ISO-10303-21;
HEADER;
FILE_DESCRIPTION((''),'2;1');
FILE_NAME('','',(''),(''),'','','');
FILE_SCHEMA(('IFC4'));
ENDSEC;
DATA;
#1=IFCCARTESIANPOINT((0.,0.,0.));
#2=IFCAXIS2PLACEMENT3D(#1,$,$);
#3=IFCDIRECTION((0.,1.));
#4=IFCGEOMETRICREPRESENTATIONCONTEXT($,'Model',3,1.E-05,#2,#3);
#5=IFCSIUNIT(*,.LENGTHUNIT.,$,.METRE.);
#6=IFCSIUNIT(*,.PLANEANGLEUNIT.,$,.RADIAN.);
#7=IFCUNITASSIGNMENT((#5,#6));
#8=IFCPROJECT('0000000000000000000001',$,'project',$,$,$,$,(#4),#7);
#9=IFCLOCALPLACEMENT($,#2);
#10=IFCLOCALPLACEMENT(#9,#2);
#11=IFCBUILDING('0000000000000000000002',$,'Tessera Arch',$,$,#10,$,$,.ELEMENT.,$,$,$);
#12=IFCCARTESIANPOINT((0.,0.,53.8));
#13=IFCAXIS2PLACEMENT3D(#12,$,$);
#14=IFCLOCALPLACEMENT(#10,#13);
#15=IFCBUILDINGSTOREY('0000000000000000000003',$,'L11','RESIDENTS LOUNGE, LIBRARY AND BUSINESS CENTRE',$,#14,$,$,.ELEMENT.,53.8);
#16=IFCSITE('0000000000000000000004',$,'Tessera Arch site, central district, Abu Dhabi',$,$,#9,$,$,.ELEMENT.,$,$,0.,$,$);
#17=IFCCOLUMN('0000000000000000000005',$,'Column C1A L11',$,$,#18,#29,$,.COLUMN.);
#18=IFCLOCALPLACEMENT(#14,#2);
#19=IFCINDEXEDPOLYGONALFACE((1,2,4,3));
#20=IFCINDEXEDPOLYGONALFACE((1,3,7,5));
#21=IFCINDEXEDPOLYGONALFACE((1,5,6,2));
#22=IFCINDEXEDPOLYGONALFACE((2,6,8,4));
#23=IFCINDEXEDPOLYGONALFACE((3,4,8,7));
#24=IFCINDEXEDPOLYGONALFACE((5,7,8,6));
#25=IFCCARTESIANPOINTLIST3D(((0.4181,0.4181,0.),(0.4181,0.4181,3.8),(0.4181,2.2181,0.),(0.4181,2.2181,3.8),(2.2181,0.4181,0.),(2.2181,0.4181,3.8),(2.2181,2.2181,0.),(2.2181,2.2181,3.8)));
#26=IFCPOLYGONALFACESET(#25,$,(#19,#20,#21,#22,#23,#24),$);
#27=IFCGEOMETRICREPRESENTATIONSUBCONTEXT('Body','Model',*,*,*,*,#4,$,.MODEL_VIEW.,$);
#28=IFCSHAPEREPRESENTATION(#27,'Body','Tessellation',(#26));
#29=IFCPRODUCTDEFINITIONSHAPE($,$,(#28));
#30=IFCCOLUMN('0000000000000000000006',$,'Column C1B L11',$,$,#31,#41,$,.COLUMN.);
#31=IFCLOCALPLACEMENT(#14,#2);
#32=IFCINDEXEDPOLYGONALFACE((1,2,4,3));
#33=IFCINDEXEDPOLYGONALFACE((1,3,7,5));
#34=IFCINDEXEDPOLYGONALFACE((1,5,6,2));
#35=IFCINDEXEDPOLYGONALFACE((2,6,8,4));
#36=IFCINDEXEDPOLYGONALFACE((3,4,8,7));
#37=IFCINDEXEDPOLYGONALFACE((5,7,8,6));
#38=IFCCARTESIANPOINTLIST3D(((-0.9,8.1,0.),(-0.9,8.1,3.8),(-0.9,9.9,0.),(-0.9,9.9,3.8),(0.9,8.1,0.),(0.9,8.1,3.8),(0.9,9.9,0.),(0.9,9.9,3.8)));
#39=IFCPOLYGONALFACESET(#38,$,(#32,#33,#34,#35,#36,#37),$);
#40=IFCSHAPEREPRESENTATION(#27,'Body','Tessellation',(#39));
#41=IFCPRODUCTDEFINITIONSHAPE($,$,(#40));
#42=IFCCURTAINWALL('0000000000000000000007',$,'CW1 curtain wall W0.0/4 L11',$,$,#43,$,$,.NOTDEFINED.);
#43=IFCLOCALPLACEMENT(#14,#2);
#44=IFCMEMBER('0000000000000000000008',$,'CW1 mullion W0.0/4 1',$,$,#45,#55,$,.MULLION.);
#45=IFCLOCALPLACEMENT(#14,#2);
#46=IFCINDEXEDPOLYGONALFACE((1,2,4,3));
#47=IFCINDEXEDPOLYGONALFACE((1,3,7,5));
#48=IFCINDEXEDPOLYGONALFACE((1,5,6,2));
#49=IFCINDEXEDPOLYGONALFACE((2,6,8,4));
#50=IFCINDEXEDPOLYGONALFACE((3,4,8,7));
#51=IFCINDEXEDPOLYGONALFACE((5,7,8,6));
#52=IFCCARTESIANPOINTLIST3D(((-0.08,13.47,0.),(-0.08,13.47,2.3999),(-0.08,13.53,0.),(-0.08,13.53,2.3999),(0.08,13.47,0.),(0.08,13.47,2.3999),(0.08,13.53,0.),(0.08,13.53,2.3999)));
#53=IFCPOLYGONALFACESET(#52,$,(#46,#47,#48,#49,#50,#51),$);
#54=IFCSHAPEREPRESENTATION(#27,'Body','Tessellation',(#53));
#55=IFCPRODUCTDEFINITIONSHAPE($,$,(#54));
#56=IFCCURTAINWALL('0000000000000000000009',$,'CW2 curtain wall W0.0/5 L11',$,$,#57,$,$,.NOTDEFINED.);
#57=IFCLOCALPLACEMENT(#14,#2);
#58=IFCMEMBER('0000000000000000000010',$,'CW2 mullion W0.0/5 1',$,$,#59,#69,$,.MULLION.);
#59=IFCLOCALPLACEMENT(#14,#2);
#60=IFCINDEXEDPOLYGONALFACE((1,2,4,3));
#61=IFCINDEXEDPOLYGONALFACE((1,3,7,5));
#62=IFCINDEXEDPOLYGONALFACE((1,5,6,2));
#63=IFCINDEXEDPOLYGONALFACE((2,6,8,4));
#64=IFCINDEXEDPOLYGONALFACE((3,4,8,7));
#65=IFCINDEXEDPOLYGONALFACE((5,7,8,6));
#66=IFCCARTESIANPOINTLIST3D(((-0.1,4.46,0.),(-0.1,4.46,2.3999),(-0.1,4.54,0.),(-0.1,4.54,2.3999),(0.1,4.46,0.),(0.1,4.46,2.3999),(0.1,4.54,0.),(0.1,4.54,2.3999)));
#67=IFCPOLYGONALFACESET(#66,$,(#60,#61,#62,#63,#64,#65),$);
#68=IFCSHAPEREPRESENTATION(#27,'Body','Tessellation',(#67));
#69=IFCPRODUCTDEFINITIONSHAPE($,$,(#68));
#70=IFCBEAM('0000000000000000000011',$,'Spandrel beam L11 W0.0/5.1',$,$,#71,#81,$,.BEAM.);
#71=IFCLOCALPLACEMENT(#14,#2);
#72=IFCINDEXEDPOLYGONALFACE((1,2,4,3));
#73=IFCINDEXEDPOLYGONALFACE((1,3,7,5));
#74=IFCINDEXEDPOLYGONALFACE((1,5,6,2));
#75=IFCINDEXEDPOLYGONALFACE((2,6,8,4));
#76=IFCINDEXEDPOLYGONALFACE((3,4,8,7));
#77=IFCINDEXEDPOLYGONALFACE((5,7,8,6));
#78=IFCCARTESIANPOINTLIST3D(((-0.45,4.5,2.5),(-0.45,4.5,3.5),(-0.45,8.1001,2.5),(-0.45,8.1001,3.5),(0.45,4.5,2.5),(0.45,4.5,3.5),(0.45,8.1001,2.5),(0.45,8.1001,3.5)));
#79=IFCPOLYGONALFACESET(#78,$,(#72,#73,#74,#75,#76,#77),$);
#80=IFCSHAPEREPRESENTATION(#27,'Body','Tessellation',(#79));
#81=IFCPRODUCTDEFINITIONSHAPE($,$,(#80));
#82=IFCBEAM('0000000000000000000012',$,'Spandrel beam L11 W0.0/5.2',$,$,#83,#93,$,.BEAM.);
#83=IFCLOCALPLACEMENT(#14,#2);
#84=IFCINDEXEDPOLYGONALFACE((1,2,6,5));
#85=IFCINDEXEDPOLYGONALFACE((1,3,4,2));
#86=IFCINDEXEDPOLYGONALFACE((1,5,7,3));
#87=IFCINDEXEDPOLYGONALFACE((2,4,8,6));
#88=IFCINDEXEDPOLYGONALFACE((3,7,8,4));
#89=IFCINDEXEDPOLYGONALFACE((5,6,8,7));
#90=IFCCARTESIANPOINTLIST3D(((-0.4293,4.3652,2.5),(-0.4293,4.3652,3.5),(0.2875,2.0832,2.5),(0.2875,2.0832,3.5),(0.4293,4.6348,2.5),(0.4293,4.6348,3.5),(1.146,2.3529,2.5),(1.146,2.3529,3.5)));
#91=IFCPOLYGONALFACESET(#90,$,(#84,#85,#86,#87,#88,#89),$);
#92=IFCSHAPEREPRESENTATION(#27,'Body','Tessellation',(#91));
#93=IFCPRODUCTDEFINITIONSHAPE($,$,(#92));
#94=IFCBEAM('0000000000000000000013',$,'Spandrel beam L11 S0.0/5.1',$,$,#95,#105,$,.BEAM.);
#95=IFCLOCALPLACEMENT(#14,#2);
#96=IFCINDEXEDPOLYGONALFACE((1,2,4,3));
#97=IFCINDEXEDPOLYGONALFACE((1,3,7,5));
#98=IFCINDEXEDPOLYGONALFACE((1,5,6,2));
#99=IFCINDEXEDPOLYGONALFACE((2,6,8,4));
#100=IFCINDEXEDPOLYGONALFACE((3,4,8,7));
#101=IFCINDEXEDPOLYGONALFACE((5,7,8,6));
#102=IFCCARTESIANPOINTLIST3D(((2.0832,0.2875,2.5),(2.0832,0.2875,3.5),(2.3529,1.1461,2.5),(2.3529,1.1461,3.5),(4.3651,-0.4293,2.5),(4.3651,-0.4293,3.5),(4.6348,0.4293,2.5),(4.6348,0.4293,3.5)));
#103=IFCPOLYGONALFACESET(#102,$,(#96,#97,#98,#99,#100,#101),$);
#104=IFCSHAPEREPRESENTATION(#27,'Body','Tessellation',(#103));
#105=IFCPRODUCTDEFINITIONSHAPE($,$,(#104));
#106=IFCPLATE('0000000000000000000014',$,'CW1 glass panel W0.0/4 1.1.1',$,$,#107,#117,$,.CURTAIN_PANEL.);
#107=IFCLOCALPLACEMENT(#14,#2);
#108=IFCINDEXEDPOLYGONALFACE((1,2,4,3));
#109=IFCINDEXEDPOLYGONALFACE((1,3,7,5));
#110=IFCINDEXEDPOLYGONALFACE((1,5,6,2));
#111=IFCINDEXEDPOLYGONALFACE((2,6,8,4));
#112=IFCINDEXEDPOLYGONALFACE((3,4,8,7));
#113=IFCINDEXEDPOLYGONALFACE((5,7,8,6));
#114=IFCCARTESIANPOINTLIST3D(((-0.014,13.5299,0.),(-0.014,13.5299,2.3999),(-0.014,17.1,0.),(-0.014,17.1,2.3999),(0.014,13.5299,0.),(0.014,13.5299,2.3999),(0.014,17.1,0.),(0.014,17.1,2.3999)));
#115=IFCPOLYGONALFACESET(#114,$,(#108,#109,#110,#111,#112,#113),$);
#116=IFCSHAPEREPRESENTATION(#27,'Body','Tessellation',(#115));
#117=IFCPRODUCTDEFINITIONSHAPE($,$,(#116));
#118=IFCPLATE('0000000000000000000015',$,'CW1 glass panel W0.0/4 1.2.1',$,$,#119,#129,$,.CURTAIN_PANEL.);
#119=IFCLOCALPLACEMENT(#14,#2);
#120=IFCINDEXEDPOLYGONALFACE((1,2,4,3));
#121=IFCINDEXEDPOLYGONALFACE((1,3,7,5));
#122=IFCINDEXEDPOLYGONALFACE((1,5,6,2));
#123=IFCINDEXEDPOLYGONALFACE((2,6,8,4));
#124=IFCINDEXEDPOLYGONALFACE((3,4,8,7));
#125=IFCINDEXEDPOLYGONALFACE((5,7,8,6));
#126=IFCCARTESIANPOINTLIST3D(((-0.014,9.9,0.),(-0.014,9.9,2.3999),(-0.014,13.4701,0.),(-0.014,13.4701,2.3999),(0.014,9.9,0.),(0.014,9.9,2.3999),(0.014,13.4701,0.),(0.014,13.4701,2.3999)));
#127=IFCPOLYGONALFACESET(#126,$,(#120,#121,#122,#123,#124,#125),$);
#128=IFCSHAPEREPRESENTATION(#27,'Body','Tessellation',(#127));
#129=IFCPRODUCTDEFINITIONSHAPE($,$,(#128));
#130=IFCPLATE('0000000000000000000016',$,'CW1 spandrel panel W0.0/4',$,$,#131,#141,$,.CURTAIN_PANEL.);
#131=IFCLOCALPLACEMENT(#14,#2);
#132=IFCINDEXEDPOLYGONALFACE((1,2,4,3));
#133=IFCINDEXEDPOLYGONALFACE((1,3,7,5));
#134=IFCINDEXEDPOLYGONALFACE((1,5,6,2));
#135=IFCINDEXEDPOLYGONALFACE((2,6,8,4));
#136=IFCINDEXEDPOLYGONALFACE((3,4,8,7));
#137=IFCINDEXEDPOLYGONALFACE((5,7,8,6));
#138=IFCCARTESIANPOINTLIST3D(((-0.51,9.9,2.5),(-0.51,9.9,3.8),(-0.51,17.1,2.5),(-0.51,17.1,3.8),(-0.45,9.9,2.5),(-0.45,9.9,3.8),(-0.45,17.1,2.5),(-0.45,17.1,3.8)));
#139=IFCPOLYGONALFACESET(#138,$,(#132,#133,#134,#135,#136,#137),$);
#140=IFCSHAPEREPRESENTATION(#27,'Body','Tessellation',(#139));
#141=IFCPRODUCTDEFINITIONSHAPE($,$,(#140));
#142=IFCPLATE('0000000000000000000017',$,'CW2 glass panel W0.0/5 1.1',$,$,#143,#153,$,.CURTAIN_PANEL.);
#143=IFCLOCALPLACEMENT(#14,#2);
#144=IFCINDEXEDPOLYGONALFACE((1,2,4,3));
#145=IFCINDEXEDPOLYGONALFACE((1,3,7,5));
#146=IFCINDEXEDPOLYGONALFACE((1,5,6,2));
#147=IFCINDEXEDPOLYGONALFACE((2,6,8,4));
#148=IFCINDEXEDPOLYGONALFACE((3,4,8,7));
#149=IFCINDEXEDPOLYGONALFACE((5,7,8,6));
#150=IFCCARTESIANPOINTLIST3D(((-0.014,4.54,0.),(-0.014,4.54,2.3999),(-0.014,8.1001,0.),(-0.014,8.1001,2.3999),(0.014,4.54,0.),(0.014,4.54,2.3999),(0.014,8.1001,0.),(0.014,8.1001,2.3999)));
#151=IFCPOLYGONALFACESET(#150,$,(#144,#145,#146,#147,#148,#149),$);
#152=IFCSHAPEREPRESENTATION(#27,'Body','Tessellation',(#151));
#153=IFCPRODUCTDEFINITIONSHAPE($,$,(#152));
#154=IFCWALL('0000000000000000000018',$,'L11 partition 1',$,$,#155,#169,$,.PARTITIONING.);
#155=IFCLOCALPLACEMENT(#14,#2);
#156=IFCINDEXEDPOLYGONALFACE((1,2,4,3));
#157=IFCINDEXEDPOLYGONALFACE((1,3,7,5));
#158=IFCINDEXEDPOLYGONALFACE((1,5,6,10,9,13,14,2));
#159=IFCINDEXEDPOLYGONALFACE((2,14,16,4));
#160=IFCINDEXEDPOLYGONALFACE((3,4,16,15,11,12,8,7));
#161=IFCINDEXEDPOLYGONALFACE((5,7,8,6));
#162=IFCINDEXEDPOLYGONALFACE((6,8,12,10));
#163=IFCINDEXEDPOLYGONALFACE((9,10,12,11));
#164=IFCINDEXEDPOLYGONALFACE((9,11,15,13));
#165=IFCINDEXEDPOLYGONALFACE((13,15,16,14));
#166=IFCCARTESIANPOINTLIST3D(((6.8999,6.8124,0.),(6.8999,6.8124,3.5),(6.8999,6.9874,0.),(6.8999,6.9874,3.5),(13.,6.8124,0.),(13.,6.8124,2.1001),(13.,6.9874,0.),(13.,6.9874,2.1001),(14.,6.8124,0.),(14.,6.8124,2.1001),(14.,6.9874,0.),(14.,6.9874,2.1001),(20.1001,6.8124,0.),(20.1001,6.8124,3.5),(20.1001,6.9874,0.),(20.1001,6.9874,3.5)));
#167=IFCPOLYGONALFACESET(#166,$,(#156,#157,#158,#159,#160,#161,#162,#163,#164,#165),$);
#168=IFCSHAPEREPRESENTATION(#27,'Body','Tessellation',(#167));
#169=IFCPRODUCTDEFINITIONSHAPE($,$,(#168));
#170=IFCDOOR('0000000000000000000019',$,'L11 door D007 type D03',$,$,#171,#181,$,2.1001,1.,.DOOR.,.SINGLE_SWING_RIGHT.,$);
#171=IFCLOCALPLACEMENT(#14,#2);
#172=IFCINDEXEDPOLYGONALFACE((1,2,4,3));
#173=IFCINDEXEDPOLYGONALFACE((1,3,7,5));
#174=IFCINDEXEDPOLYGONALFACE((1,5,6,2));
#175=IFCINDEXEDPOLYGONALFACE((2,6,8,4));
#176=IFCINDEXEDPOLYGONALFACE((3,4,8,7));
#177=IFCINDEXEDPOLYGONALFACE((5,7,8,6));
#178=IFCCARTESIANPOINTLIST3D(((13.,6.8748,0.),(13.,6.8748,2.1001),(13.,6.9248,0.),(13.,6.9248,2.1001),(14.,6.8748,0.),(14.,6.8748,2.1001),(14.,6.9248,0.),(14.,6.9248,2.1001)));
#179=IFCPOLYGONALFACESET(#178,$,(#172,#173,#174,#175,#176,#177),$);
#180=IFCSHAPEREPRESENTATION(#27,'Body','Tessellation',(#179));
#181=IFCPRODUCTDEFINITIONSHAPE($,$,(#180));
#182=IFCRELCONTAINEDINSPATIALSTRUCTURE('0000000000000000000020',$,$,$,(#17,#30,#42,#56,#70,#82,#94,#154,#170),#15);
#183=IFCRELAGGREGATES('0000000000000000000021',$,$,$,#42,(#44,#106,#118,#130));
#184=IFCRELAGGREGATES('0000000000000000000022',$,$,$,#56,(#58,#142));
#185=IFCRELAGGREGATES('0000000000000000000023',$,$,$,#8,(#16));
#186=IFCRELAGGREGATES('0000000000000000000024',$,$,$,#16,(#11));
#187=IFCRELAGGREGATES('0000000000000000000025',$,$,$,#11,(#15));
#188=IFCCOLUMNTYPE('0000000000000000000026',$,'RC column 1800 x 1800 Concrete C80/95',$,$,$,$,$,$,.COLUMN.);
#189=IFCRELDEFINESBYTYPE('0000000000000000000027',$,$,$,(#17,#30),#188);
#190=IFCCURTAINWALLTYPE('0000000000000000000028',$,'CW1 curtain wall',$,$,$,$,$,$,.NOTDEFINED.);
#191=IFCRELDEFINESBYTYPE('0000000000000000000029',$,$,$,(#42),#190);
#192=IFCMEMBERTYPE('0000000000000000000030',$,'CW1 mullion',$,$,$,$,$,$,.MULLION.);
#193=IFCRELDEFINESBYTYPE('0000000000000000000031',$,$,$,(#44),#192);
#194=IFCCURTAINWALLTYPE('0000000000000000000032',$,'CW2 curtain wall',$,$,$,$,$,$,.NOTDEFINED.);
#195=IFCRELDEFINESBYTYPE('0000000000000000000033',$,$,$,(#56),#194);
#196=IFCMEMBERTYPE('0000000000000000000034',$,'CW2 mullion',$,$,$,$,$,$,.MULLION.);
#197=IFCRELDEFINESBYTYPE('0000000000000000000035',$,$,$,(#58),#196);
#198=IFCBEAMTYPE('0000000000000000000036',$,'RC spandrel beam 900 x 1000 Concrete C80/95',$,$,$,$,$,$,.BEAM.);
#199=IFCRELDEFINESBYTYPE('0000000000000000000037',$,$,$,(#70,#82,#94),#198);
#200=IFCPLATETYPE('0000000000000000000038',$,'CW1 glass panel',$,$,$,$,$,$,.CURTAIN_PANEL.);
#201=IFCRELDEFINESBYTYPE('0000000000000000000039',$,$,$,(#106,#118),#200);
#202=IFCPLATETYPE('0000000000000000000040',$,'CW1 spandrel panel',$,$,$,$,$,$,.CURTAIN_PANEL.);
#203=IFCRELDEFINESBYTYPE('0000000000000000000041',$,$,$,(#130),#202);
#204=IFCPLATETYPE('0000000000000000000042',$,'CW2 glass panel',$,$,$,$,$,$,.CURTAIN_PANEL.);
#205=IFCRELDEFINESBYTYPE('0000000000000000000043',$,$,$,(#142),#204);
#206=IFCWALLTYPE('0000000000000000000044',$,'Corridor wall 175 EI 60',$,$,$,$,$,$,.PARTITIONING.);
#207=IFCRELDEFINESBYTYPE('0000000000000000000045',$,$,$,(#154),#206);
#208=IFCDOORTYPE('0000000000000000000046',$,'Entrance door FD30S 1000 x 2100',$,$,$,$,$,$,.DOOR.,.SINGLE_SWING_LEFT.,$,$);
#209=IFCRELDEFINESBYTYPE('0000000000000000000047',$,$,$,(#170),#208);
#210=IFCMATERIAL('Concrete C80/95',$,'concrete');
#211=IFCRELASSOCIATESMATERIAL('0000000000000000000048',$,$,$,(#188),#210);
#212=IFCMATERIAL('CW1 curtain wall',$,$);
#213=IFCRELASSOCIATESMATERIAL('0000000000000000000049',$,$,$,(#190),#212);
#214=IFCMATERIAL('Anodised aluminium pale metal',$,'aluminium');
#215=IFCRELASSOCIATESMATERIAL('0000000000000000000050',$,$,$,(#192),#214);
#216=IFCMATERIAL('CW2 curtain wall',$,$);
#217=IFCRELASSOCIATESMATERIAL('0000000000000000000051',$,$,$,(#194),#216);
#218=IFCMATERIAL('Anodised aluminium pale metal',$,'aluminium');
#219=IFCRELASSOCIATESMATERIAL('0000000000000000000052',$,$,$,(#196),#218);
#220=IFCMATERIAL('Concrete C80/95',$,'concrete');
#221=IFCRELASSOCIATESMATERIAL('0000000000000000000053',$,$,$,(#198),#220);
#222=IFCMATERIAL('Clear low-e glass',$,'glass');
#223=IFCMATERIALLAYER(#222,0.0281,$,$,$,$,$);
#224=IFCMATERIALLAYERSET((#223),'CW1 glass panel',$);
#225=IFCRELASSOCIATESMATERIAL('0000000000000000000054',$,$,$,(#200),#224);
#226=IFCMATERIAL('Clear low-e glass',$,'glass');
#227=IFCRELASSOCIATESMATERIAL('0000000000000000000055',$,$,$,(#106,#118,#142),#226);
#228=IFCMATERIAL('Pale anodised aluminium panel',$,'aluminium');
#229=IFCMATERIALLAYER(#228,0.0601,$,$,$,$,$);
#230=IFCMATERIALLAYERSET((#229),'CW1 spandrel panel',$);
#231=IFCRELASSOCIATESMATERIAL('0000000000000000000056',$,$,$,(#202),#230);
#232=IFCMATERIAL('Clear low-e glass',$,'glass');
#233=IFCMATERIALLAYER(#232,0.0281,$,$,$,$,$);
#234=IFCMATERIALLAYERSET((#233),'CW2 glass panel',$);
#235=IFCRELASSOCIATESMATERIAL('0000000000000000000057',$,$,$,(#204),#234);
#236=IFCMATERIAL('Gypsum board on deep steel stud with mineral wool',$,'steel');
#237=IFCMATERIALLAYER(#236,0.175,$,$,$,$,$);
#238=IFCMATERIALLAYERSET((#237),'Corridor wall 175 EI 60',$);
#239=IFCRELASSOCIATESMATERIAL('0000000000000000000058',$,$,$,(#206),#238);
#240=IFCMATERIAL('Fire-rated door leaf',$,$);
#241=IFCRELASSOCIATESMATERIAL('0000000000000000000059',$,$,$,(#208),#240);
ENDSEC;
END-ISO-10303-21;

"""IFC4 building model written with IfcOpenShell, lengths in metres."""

from ifc_helpers import new_model, si_unit, direction, frame, frame_2d, origin, origin_2d, place, context, subcontext, project, spatial, rectangle, extrude, material, layer, layer_set, material_profile, profile_set, type_object, element, fill, aggregate, save


model = new_model("IFC4")

# Units and contexts
model_context = context("Model", 3, precision=1e-05, world=origin(), true_north=direction((0.0, 1.0)))
body_context = subcontext(model_context, "Body", "Model", "MODEL_VIEW")
ifc_project = project(units=[si_unit("LENGTHUNIT", "METRE"), si_unit("PLANEANGLEUNIT", "RADIAN")], contexts=[model_context])

# Site, building, storey
site_placement = place(None, origin())
site = spatial("IfcSite", under=ifc_project, at=site_placement, Name="Tessera Arch site, central district, Abu Dhabi", CompositionType="ELEMENT", RefElevation=0.0)
building_placement = place(site_placement, origin())
building = spatial("IfcBuilding", under=site, at=building_placement, Name="Tessera Arch", CompositionType="ELEMENT")
storey_placement = place(building_placement, frame((0.0, 0.0, 53.8)))
storey = spatial("IfcBuildingStorey", under=building, at=storey_placement, Name="L11", Description="RESIDENTS LOUNGE, LIBRARY AND BUSINESS CENTRE", CompositionType="ELEMENT", Elevation=53.8)

# Columns
ifc_material_1 = material(Name="Concrete C80/95", Category="concrete")
ifc_material_profile_1 = material_profile(ifc_material_1, rectangle(XDim=1.8, YDim=1.8, at=origin_2d()), Name="RC column 1800 x 1800 Concrete C80/95")
ifc_profile_set_1 = profile_set([ifc_material_profile_1], Name="Concrete C80/95")
column_type = type_object("IfcColumnType", Name="RC column 1800 x 1800 Concrete C80/95", PredefinedType="COLUMN", material=ifc_profile_set_1)
for number, where, z_axis, x_axis, name in (
    (1, (1.3181, 1.3181, 0.0), (0.0, 0.0, 1.0), (1.0, 0.0, 0.0), "Column C1A L11"),
    (2, (0.0, 9.0, 0.0), (0.0, 0.0, 1.0), (1.0, 0.0, 0.0), "Column C1B L11"),
):
    element("IfcColumn", number, at=place(storey_placement, frame(where, z_axis=z_axis, x_axis=x_axis)), inside=storey, type_object=column_type, Name=name, PredefinedType="COLUMN", context=body_context, shape_type="SweptSolid", body=[
        extrude(rectangle(XDim=1.8, YDim=1.8, at=origin_2d()), origin(), (0.0, 0.0, 1.0), 3.8),
    ])

# Curtain walls, members
ifc_material_2 = material(Name="CW1 curtain wall")
curtain_wall_type_1 = type_object("IfcCurtainWallType", Name="CW1 curtain wall", PredefinedType="NOTDEFINED", material=ifc_material_2)
curtain_wall_1_placement = place(storey_placement, origin())
curtain_wall_1 = element("IfcCurtainWall", 3, at=curtain_wall_1_placement, inside=storey, type_object=curtain_wall_type_1, Name="CW1 curtain wall W0.0/4 L11", PredefinedType="NOTDEFINED")
ifc_material_3 = material(Name="Anodised aluminium pale metal", Category="aluminium")
ifc_material_profile_2 = material_profile(ifc_material_3, rectangle(XDim=0.1599, YDim=0.0601, at=origin_2d()), Name="AL 60x160")
ifc_profile_set_2 = profile_set([ifc_material_profile_2], Name="Anodised aluminium pale metal")
member_type_1 = type_object("IfcMemberType", Name="CW1 mullion", PredefinedType="MULLION", material=ifc_profile_set_2)
member_1_placement = place(storey_placement, frame((0.0, 13.5, 0.0), z_axis=(0.0, 0.0, 1.0), x_axis=(1.0, 0.0, 0.0)))
member_1 = element("IfcMember", 4, at=member_1_placement, type_object=member_type_1, Name="CW1 mullion W0.0/4 1", PredefinedType="MULLION", context=body_context, shape_type="SweptSolid", body=[
    extrude(rectangle(XDim=0.1599, YDim=0.0601, at=origin_2d()), origin(), (0.0, 0.0, 1.0), 2.3999),
])
ifc_material_4 = material(Name="CW2 curtain wall")
curtain_wall_type_2 = type_object("IfcCurtainWallType", Name="CW2 curtain wall", PredefinedType="NOTDEFINED", material=ifc_material_4)
curtain_wall_2_placement = place(storey_placement, origin())
curtain_wall_2 = element("IfcCurtainWall", 5, at=curtain_wall_2_placement, inside=storey, type_object=curtain_wall_type_2, Name="CW2 curtain wall W0.0/5 L11", PredefinedType="NOTDEFINED")
ifc_material_5 = material(Name="Anodised aluminium pale metal", Category="aluminium")
ifc_material_profile_3 = material_profile(ifc_material_5, rectangle(XDim=0.2, YDim=0.0801, at=origin_2d()), Name="AL 80x200")
ifc_profile_set_3 = profile_set([ifc_material_profile_3], Name="Anodised aluminium pale metal")
member_type_2 = type_object("IfcMemberType", Name="CW2 mullion", PredefinedType="MULLION", material=ifc_profile_set_3)
member_2_placement = place(storey_placement, frame((0.0, 4.5, 0.0), z_axis=(0.0, 0.0, 1.0), x_axis=(1.0, 0.0, 0.0)))
member_2 = element("IfcMember", 6, at=member_2_placement, type_object=member_type_2, Name="CW2 mullion W0.0/5 1", PredefinedType="MULLION", context=body_context, shape_type="SweptSolid", body=[
    extrude(rectangle(XDim=0.2, YDim=0.0801, at=origin_2d()), origin(), (0.0, 0.0, 1.0), 2.3999),
])

# Beams
ifc_material_6 = material(Name="Concrete C80/95", Category="concrete")
ifc_material_profile_4 = material_profile(ifc_material_6, rectangle(XDim=0.8999, YDim=1.0, at=origin_2d()), Name="RC spandrel beam 900 x 1000 Concrete C80/95")
ifc_profile_set_4 = profile_set([ifc_material_profile_4], Name="Concrete C80/95")
beam_type = type_object("IfcBeamType", Name="RC spandrel beam 900 x 1000 Concrete C80/95", PredefinedType="BEAM", material=ifc_profile_set_4)
beam_placement = place(storey_placement, frame((0.0, 8.1001, 3.0), z_axis=(0.0, -1.0, 0.0), x_axis=(1.0, 0.0, 0.0)))
element("IfcBeam", 7, at=beam_placement, inside=storey, type_object=beam_type, Name="Spandrel beam L11 W0.0/5.1", PredefinedType="BEAM", context=body_context, shape_type="SweptSolid", body=[
    extrude(rectangle(XDim=0.8999, YDim=1.0, at=origin_2d()), origin(), (0.0, 0.0, 1.0), 3.6001),
])
for number, where, z_axis, x_axis, name in (
    (8, (0.0, 4.5, 3.0), (0.299675, -0.954041, 0.0), (0.954041, 0.299675, 0.0), "Spandrel beam L11 W0.0/5.2"),
    (9, (2.218, 0.7168, 3.0), (0.954041, -0.299675, 0.0), (0.299675, 0.954041, 0.0), "Spandrel beam L11 S0.0/5.1"),
):
    element("IfcBeam", number, at=place(storey_placement, frame(where, z_axis=z_axis, x_axis=x_axis)), inside=storey, type_object=beam_type, Name=name, PredefinedType="BEAM", context=body_context, shape_type="SweptSolid", body=[
        extrude(rectangle(XDim=0.8999, YDim=1.0, at=origin_2d()), origin(), (0.0, 0.0, 1.0), 2.3918),
    ])

# Plates
ifc_material_7 = material(Name="Clear low-e glass", Category="glass")
ifc_material_8 = material(Name="Clear low-e glass", Category="glass")
ifc_layer_1 = layer(ifc_material_8, 0.0281)
ifc_layer_set_1 = layer_set([ifc_layer_1], Name="CW1 glass panel")
plate_type_1 = type_object("IfcPlateType", Name="CW1 glass panel", PredefinedType="CURTAIN_PANEL", material=ifc_layer_set_1)
plate_1_placement = place(storey_placement, frame((0.0, 15.3149, 0.0), z_axis=(0.0, 0.0, 1.0), x_axis=(0.0, -1.0, 0.0)))
plate_1 = element("IfcPlate", 10, at=plate_1_placement, type_object=plate_type_1, material=ifc_material_7, Name="CW1 glass panel W0.0/4 1.1.1", PredefinedType="CURTAIN_PANEL", context=body_context, shape_type="SweptSolid", body=[
    extrude(rectangle(XDim=3.5701, YDim=0.0281, at=origin_2d()), origin(), (0.0, 0.0, 1.0), 2.3999),
])
plate_2_placement = place(storey_placement, frame((0.0, 11.6851, 0.0), z_axis=(0.0, 0.0, 1.0), x_axis=(0.0, -1.0, 0.0)))
plate_2 = element("IfcPlate", 11, at=plate_2_placement, type_object=plate_type_1, material=ifc_material_7, Name="CW1 glass panel W0.0/4 1.2.1", PredefinedType="CURTAIN_PANEL", context=body_context, shape_type="SweptSolid", body=[
    extrude(rectangle(XDim=3.5701, YDim=0.0281, at=origin_2d()), origin(), (0.0, 0.0, 1.0), 2.3999),
])
ifc_material_9 = material(Name="Pale anodised aluminium panel", Category="aluminium")
ifc_layer_2 = layer(ifc_material_9, 0.0601)
ifc_layer_set_2 = layer_set([ifc_layer_2], Name="CW1 spandrel panel")
plate_type_2 = type_object("IfcPlateType", Name="CW1 spandrel panel", PredefinedType="CURTAIN_PANEL", material=ifc_layer_set_2)
plate_3_placement = place(storey_placement, frame((-0.48, 13.5, 2.5), z_axis=(0.0, 0.0, 1.0), x_axis=(0.0, -1.0, 0.0)))
plate_3 = element("IfcPlate", 12, at=plate_3_placement, type_object=plate_type_2, Name="CW1 spandrel panel W0.0/4", PredefinedType="CURTAIN_PANEL", context=body_context, shape_type="SweptSolid", body=[
    extrude(rectangle(XDim=7.2, YDim=0.0601, at=origin_2d()), origin(), (0.0, 0.0, 1.0), 1.3),
])
aggregate(curtain_wall_1, [member_1, plate_1, plate_2, plate_3])
ifc_material_10 = material(Name="Clear low-e glass", Category="glass")
ifc_layer_3 = layer(ifc_material_10, 0.0281)
ifc_layer_set_3 = layer_set([ifc_layer_3], Name="CW2 glass panel")
plate_type_3 = type_object("IfcPlateType", Name="CW2 glass panel", PredefinedType="CURTAIN_PANEL", material=ifc_layer_set_3)
plate_4_placement = place(storey_placement, frame((0.0, 6.3201, 0.0), z_axis=(0.0, 0.0, 1.0), x_axis=(0.0, -1.0, 0.0)))
plate_4 = element("IfcPlate", 13, at=plate_4_placement, type_object=plate_type_3, material=ifc_material_7, Name="CW2 glass panel W0.0/5 1.1", PredefinedType="CURTAIN_PANEL", context=body_context, shape_type="SweptSolid", body=[
    extrude(rectangle(XDim=3.5601, YDim=0.0281, at=origin_2d()), origin(), (0.0, 0.0, 1.0), 2.3999),
])
aggregate(curtain_wall_2, [member_2, plate_4])

# Wall, opening, door
ifc_material_11 = material(Name="Gypsum board on deep steel stud with mineral wool", Category="steel")
ifc_layer_4 = layer(ifc_material_11, 0.175)
ifc_layer_set_4 = layer_set([ifc_layer_4], Name="Corridor wall 175 EI 60")
wall_type = type_object("IfcWallType", Name="Corridor wall 175 EI 60", PredefinedType="PARTITIONING", material=ifc_layer_set_4)
wall_1_placement = place(storey_placement, frame((6.8999, 6.8999, 0.0), z_axis=(0.0, 0.0, 1.0), x_axis=(1.0, 0.0, 0.0)))
wall_1 = element("IfcWall", 14, at=wall_1_placement, inside=storey, type_object=wall_type, Name="L11 partition 1", PredefinedType="PARTITIONING", context=body_context, shape_type="SweptSolid", body=[
    extrude(rectangle(XDim=13.2002, YDim=0.175, at=frame_2d((6.6001, 0.0))), origin(), (0.0, 0.0, 1.0), 3.5),
])
opening_1_placement = place(wall_1_placement, frame((6.1001, 0.0, 0.0)))
opening_1 = element("IfcOpeningElement", 15, at=opening_1_placement, cuts=wall_1, PredefinedType="OPENING", context=body_context, shape_type="SweptSolid", body=[
    extrude(rectangle(XDim=1.0, YDim=2.1001, at=frame_2d((0.5, 1.05))), frame((0.0, 0.0974, 0.0), z_axis=(0.0, -1.0, 0.0), x_axis=(1.0, 0.0, 0.0)), (0.0, 0.0, 1.0), 0.1951),
])
ifc_material_12 = material(Name="Fire-rated door leaf")
door_type_1 = type_object("IfcDoorType", Name="Entrance door FD30S 1000 x 2100", OperationType="SINGLE_SWING_LEFT", PredefinedType="DOOR", material=ifc_material_12)
door_1_placement = place(opening_1_placement, origin())
door_1 = element("IfcDoor", 16, at=door_1_placement, inside=storey, type_object=door_type_1, Name="L11 door D007 type D03", OperationType="SINGLE_SWING_RIGHT", OverallHeight=2.1001, OverallWidth=1.0, PredefinedType="DOOR", context=body_context, shape_type="SweptSolid", body=[
    extrude(rectangle(XDim=1.0, YDim=2.1001, at=frame_2d((0.5, 1.05))), frame((0.0, 0.0249, 0.0), z_axis=(0.0, -1.0, 0.0), x_axis=(1.0, 0.0, 0.0)), (0.0, 0.0, 1.0), 0.05),
])
fill(opening_1, door_1)

save(model, "model.ifc")
